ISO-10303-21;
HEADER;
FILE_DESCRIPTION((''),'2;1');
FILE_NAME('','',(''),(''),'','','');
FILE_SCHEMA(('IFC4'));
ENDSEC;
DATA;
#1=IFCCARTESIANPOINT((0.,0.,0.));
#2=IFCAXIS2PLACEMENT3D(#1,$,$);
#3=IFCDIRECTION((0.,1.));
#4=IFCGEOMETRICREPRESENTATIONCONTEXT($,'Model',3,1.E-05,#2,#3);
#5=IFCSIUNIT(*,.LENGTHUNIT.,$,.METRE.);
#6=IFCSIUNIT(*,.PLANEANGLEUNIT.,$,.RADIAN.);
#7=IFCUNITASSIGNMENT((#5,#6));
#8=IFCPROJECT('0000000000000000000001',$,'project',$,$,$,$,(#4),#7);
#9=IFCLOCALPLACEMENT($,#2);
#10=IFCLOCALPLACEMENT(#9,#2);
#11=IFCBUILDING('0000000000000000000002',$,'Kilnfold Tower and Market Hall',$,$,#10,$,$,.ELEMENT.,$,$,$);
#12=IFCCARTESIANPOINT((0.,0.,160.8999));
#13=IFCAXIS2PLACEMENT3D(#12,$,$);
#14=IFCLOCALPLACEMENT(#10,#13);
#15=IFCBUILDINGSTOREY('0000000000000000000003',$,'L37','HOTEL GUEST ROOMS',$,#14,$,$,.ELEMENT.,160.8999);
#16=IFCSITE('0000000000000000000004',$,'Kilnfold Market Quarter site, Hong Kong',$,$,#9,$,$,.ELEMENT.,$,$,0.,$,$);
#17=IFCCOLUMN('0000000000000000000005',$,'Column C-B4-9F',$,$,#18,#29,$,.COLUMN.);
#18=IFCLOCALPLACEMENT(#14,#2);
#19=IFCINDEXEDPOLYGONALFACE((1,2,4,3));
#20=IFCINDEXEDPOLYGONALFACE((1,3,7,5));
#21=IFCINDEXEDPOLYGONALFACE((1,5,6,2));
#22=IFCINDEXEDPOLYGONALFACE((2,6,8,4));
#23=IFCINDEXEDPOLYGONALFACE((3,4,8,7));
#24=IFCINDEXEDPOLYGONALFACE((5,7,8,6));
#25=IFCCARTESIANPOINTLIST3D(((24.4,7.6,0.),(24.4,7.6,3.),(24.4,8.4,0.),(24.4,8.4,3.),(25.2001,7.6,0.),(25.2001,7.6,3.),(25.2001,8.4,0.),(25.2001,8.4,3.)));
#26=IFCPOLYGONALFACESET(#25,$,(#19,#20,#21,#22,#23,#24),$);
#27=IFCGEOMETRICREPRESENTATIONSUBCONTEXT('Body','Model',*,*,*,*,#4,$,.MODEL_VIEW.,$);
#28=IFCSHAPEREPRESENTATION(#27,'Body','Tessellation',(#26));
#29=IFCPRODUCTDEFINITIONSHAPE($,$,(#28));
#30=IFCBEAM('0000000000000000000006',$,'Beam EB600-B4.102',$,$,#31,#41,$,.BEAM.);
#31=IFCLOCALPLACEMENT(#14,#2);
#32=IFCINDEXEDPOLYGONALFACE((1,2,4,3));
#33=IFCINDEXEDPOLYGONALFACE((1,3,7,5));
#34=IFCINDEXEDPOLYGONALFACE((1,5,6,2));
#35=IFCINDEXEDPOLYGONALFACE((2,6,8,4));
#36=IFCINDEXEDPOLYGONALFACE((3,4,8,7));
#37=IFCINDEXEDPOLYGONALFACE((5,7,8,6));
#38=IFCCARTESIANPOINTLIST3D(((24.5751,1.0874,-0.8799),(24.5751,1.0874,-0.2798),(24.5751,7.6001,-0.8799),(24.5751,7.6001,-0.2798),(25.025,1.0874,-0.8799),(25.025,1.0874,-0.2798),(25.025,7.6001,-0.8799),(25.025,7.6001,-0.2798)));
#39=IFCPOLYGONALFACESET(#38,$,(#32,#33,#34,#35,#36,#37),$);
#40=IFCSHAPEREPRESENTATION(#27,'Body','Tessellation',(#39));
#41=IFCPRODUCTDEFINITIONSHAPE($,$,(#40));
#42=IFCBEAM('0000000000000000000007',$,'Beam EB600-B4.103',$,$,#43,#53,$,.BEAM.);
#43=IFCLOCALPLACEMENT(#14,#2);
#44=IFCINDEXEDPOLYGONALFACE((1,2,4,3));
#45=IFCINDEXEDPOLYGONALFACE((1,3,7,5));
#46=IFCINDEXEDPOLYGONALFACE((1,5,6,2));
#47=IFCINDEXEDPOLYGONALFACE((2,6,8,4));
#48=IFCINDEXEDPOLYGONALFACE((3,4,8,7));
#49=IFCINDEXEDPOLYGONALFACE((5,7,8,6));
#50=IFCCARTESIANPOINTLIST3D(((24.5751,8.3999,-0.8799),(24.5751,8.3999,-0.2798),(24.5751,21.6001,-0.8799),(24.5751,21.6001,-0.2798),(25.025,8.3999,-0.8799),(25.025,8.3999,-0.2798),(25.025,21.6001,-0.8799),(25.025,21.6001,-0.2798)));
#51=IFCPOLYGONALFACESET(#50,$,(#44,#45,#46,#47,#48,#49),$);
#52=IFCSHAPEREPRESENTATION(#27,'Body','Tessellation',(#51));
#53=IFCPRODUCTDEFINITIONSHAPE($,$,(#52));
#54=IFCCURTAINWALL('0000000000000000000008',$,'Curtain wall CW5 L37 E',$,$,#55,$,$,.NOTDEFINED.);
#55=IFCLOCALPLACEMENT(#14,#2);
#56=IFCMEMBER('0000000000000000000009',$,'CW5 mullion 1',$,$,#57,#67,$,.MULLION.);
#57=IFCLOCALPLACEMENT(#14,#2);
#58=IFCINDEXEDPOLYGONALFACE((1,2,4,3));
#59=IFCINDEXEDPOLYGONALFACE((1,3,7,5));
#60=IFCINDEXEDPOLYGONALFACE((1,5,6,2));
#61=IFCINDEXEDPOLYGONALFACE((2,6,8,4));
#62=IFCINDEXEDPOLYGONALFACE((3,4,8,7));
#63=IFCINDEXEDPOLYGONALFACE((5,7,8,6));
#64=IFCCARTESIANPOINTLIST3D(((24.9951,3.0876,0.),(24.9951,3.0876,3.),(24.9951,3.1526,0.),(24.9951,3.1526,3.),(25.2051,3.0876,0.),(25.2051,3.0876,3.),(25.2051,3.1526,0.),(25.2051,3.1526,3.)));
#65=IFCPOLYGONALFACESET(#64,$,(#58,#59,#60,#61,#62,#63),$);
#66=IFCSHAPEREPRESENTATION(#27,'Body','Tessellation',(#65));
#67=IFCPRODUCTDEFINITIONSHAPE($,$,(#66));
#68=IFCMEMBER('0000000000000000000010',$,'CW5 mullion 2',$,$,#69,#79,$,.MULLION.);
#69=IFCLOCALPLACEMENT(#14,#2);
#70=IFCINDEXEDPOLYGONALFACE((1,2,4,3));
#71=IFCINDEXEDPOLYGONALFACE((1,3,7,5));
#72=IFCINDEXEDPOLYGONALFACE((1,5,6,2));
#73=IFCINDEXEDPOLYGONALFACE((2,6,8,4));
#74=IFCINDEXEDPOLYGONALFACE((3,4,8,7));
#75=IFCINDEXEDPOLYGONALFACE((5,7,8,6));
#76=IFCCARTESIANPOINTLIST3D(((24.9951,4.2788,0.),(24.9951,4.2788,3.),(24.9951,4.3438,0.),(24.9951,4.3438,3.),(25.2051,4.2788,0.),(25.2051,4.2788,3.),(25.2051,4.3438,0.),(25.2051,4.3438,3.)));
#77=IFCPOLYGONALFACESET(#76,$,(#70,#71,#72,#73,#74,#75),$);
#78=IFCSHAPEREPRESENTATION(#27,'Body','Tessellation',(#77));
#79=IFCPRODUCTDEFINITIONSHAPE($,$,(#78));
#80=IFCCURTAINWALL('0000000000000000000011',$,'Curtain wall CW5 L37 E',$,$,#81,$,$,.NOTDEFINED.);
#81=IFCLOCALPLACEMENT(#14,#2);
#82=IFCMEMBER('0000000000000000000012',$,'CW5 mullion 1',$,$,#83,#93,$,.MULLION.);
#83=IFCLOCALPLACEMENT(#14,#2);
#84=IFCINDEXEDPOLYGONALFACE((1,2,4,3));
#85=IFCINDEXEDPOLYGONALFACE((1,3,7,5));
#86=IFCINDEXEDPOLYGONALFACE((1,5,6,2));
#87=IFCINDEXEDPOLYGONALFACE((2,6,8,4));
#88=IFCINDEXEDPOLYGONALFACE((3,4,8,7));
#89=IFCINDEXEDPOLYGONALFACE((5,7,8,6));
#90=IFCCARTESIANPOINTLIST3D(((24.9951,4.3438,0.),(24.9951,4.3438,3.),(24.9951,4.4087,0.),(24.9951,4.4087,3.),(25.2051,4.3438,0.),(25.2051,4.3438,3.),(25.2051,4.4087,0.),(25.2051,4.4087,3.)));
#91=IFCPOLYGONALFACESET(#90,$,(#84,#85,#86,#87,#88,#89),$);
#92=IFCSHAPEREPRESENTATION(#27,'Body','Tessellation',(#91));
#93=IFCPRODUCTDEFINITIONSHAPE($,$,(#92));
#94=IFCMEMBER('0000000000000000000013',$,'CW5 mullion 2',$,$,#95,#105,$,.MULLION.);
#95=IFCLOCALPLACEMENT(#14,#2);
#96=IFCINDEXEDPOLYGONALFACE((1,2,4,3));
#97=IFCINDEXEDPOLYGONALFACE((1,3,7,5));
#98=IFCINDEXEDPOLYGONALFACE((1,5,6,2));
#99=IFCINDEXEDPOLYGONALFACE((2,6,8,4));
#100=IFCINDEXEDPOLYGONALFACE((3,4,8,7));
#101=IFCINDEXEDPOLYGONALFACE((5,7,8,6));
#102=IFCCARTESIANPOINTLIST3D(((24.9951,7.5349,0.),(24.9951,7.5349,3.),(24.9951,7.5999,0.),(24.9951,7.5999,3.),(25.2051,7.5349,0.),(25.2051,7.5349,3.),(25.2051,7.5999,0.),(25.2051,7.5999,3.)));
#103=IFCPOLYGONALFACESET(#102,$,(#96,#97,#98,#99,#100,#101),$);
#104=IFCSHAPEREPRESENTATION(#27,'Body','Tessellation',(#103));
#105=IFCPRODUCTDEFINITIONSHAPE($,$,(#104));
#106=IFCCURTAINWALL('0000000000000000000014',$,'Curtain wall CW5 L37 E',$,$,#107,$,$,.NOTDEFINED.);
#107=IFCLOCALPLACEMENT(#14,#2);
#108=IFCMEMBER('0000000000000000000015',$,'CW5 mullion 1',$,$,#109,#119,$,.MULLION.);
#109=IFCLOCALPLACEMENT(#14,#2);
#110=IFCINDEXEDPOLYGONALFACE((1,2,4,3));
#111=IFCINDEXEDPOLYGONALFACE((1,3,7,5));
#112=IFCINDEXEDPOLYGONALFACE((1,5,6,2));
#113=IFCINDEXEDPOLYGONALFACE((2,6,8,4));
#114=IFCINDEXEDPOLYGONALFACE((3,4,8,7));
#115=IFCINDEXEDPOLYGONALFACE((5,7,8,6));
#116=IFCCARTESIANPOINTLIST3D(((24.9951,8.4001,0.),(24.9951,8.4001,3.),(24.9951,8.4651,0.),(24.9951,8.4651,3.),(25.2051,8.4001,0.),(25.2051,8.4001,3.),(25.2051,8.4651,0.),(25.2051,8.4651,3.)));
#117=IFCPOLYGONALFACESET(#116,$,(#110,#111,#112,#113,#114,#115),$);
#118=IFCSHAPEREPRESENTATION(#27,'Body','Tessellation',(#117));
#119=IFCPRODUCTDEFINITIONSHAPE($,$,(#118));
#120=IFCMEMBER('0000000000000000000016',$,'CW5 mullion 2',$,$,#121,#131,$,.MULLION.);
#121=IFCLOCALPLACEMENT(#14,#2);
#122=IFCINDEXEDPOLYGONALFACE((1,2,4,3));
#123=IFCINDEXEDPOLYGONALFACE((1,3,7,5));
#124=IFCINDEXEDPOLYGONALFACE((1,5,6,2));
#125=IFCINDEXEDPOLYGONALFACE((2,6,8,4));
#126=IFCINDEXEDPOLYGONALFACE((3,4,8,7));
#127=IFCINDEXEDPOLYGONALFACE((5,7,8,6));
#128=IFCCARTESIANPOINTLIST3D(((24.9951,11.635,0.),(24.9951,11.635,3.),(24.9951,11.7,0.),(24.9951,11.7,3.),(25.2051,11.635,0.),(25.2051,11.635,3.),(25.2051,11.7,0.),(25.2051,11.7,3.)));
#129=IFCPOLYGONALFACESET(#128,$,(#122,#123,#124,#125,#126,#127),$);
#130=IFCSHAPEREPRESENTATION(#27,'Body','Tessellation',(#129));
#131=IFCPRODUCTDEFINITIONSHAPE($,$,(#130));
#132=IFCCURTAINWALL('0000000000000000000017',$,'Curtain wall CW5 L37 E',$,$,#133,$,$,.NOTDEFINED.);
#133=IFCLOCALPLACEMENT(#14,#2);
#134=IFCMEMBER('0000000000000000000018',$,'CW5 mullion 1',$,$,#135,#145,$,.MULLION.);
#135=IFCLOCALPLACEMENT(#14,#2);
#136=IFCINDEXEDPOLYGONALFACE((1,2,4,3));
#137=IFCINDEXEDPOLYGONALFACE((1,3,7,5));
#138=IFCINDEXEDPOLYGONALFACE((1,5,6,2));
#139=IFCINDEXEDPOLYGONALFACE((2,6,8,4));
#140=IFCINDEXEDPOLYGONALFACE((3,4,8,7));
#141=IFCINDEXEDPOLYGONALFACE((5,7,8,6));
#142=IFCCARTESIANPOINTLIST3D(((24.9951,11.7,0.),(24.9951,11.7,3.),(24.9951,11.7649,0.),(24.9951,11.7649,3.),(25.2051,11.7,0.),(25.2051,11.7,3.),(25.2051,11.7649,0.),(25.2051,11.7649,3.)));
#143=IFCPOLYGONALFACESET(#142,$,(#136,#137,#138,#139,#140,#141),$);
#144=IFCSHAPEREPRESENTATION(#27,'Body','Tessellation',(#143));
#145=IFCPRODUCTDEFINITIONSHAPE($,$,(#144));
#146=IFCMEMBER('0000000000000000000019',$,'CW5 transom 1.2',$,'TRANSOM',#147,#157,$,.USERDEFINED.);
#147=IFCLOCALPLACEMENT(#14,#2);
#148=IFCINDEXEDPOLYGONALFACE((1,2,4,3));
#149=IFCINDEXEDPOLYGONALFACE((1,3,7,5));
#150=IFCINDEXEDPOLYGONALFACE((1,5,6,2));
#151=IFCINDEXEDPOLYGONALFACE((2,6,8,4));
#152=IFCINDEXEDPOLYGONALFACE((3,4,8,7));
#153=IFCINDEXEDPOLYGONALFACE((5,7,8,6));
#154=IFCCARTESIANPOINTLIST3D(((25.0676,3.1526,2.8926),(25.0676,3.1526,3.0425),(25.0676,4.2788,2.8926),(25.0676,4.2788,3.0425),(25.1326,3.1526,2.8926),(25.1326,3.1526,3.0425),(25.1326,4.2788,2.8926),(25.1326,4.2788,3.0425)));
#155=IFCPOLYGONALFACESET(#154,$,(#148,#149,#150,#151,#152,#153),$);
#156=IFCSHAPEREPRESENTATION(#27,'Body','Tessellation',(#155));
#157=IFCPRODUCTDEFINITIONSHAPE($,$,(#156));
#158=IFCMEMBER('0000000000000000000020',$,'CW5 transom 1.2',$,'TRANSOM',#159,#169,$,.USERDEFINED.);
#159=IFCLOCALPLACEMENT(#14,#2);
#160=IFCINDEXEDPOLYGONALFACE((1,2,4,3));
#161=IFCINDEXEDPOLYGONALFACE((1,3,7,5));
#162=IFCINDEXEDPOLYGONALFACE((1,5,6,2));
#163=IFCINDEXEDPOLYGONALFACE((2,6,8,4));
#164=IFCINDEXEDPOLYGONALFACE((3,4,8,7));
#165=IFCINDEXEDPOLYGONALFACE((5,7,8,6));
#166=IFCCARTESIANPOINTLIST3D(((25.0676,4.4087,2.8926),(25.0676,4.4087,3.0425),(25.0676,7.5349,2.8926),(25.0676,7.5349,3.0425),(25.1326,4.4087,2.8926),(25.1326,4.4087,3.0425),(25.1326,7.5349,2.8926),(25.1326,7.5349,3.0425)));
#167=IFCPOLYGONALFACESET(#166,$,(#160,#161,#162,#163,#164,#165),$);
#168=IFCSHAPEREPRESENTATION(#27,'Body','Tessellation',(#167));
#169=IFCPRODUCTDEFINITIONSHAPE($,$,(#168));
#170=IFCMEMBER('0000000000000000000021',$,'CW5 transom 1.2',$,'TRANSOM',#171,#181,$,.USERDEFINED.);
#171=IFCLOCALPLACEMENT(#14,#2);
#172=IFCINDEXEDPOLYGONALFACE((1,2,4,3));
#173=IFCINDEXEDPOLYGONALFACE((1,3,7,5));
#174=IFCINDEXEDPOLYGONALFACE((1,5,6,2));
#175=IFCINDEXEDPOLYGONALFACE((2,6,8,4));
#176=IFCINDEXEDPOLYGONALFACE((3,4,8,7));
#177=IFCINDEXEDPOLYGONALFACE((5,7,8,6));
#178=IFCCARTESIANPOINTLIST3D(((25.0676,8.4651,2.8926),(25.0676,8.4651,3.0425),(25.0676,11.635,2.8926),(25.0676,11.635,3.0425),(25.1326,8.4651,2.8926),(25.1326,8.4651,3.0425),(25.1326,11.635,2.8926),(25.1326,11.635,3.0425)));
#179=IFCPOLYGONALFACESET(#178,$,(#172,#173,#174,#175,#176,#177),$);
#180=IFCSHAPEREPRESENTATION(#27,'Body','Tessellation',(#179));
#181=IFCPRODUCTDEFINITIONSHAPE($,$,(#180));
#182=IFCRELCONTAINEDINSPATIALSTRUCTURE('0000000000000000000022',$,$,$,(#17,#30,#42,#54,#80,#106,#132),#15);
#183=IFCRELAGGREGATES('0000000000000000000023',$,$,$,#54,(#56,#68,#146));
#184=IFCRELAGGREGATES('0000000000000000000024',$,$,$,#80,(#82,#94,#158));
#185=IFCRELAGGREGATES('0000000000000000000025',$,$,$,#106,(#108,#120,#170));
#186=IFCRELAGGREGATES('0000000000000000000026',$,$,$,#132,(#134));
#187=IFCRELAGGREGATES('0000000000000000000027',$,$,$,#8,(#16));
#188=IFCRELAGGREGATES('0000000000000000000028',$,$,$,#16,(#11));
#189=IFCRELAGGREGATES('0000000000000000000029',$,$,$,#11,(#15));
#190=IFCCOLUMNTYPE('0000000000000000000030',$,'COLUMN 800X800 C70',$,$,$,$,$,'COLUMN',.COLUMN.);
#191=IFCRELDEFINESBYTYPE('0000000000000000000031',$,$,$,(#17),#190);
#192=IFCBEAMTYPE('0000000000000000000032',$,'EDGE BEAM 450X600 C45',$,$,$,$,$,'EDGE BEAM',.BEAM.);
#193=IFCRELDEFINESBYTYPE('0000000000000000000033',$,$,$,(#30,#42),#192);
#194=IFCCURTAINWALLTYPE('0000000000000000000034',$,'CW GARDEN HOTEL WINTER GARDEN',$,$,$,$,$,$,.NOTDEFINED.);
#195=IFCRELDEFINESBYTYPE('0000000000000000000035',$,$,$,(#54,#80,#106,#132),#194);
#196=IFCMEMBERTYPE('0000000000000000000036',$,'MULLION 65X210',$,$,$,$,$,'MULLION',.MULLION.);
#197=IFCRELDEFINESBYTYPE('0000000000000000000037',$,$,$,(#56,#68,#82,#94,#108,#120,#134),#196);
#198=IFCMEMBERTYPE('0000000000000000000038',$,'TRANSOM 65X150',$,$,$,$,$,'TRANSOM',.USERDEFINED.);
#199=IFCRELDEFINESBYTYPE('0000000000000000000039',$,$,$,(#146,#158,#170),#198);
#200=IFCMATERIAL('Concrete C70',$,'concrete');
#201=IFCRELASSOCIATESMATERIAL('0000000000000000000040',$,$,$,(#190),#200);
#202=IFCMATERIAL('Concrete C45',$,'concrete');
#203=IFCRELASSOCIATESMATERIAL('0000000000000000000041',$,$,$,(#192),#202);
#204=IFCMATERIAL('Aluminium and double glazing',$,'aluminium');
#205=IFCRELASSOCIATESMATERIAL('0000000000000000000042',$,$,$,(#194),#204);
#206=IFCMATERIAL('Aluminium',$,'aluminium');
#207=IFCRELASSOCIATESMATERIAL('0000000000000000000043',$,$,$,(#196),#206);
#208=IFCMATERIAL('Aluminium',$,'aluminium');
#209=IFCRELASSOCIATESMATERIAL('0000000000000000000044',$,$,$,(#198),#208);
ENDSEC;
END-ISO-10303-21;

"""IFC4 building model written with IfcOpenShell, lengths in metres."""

from ifc_helpers import new_model, si_unit, direction, frame, origin, origin_2d, place, context, subcontext, project, spatial, rectangle, extrude, source, transform, mapped, material, material_profile, profile_set, type_object, element, aggregate, save


model = new_model("IFC4")

# Units and contexts
model_context = context("Model", 3, precision=1e-05, world=origin(), true_north=direction((0.0, 1.0)))
body_context = subcontext(model_context, "Body", "Model", "MODEL_VIEW")
ifc_project = project(units=[si_unit("LENGTHUNIT", "METRE"), si_unit("PLANEANGLEUNIT", "RADIAN")], contexts=[model_context])

# Site, building, storey
site_placement = place(None, origin())
site = spatial("IfcSite", under=ifc_project, at=site_placement, Name="Kilnfold Market Quarter site, Hong Kong", CompositionType="ELEMENT", RefElevation=0.0)
building_placement = place(site_placement, origin())
building = spatial("IfcBuilding", under=site, at=building_placement, Name="Kilnfold Tower and Market Hall", CompositionType="ELEMENT")
storey_placement = place(building_placement, frame((0.0, 0.0, 160.8999)))
storey = spatial("IfcBuildingStorey", under=building, at=storey_placement, Name="L37", Description="HOTEL GUEST ROOMS", CompositionType="ELEMENT", Elevation=160.8999)

# Column
ifc_material_1 = material(Name="Concrete C70", Category="concrete")
ifc_material_profile_1 = material_profile(ifc_material_1, rectangle(XDim=0.8, YDim=0.8, at=origin_2d()), Name="RC 800x800")
ifc_profile_set_1 = profile_set([ifc_material_profile_1], Name="Concrete C70")
column_type = type_object("IfcColumnType", Name="COLUMN 800X800 C70", ElementType="COLUMN", PredefinedType="COLUMN", material=ifc_profile_set_1)
shared_shape_1 = source(origin(), body_context, "Body", "SweptSolid", [
    extrude(rectangle(XDim=0.8, YDim=0.8, at=origin_2d()), origin(), (0.0, 0.0, 1.0), 3.0),
])
column_placement = place(storey_placement, frame((24.8, 8.0, 0.0), z_axis=(0.0, 0.0, 1.0), x_axis=(1.0, 0.0, 0.0)))
element("IfcColumn", 1, at=column_placement, inside=storey, type_object=column_type, Name="Column C-B4-9F", PredefinedType="COLUMN", context=body_context, shape_type="MappedRepresentation", body=[
    mapped(shared_shape_1, transform((0.0, 0.0, 0.0))),
])

# Beams
ifc_material_2 = material(Name="Concrete C45", Category="concrete")
ifc_material_profile_2 = material_profile(ifc_material_2, rectangle(XDim=0.45, YDim=0.6001, at=origin_2d()), Name="RC 450x600")
ifc_profile_set_2 = profile_set([ifc_material_profile_2], Name="Concrete C45")
beam_type = type_object("IfcBeamType", Name="EDGE BEAM 450X600 C45", ElementType="EDGE BEAM", PredefinedType="BEAM", material=ifc_profile_set_2)
shared_shape_2 = source(origin(), body_context, "Body", "SweptSolid", [
    extrude(rectangle(XDim=0.45, YDim=0.6001, at=origin_2d()), origin(), (0.0, 0.0, 1.0), 6.5127),
])
beam_1_placement = place(storey_placement, frame((24.8, 1.0874, -0.5798), z_axis=(0.0, 1.0, 0.0), x_axis=(-1.0, 0.0, 0.0)))
element("IfcBeam", 2, at=beam_1_placement, inside=storey, type_object=beam_type, Name="Beam EB600-B4.102", PredefinedType="BEAM", context=body_context, shape_type="MappedRepresentation", body=[
    mapped(shared_shape_2, transform((0.0, 0.0, 0.0))),
])
shared_shape_3 = source(origin(), body_context, "Body", "SweptSolid", [
    extrude(rectangle(XDim=0.45, YDim=0.6001, at=origin_2d()), origin(), (0.0, 0.0, 1.0), 13.2002),
])
beam_2_placement = place(storey_placement, frame((24.8, 8.3999, -0.5798), z_axis=(0.0, 1.0, 0.0), x_axis=(-1.0, 0.0, 0.0)))
element("IfcBeam", 3, at=beam_2_placement, inside=storey, type_object=beam_type, Name="Beam EB600-B4.103", PredefinedType="BEAM", context=body_context, shape_type="MappedRepresentation", body=[
    mapped(shared_shape_3, transform((0.0, 0.0, 0.0))),
])

# Curtain walls, members
ifc_material_3 = material(Name="Aluminium and double glazing", Category="aluminium")
curtain_wall_type = type_object("IfcCurtainWallType", Name="CW GARDEN HOTEL WINTER GARDEN", PredefinedType="NOTDEFINED", material=ifc_material_3)
curtain_wall_1_placement = place(storey_placement, origin())
curtain_wall_1 = element("IfcCurtainWall", 4, at=curtain_wall_1_placement, inside=storey, type_object=curtain_wall_type, Name="Curtain wall CW5 L37 E", PredefinedType="NOTDEFINED")
ifc_material_4 = material(Name="Aluminium", Category="aluminium")
ifc_material_profile_3 = material_profile(ifc_material_4, rectangle(XDim=0.0649, YDim=0.21, at=origin_2d()), Name="MULLION 65x210")
ifc_profile_set_3 = profile_set([ifc_material_profile_3], Name="Aluminium")
member_type_1 = type_object("IfcMemberType", Name="MULLION 65X210", ElementType="MULLION", PredefinedType="MULLION", material=ifc_profile_set_3)
shared_shape_4 = source(origin(), body_context, "Body", "SweptSolid", [
    extrude(rectangle(XDim=0.0649, YDim=0.21, at=origin_2d()), origin(), (0.0, 0.0, 1.0), 3.0),
])
member_1_placement = place(storey_placement, frame((25.1001, 3.1201, 0.0), z_axis=(0.0, 0.0, 1.0), x_axis=(0.0, 1.0, 0.0)))
member_1 = element("IfcMember", 5, at=member_1_placement, type_object=member_type_1, Name="CW5 mullion 1", PredefinedType="MULLION", context=body_context, shape_type="MappedRepresentation", body=[
    mapped(shared_shape_4, transform((0.0, 0.0, 0.0))),
])
member_2_placement = place(storey_placement, frame((25.1001, 4.3113, 0.0), z_axis=(0.0, 0.0, 1.0), x_axis=(0.0, 1.0, 0.0)))
member_2 = element("IfcMember", 6, at=member_2_placement, type_object=member_type_1, Name="CW5 mullion 2", PredefinedType="MULLION", context=body_context, shape_type="MappedRepresentation", body=[
    mapped(shared_shape_4, transform((0.0, 0.0, 0.0))),
])
curtain_wall_2_placement = place(storey_placement, origin())
curtain_wall_2 = element("IfcCurtainWall", 7, at=curtain_wall_2_placement, inside=storey, type_object=curtain_wall_type, Name="Curtain wall CW5 L37 E", PredefinedType="NOTDEFINED")
member_3_placement = place(storey_placement, frame((25.1001, 4.3762, 0.0), z_axis=(0.0, 0.0, 1.0), x_axis=(0.0, 1.0, 0.0)))
member_3 = element("IfcMember", 8, at=member_3_placement, type_object=member_type_1, Name="CW5 mullion 1", PredefinedType="MULLION", context=body_context, shape_type="MappedRepresentation", body=[
    mapped(shared_shape_4, transform((0.0, 0.0, 0.0))),
])
member_4_placement = place(storey_placement, frame((25.1001, 7.5674, 0.0), z_axis=(0.0, 0.0, 1.0), x_axis=(0.0, 1.0, 0.0)))
member_4 = element("IfcMember", 9, at=member_4_placement, type_object=member_type_1, Name="CW5 mullion 2", PredefinedType="MULLION", context=body_context, shape_type="MappedRepresentation", body=[
    mapped(shared_shape_4, transform((0.0, 0.0, 0.0))),
])
curtain_wall_3_placement = place(storey_placement, origin())
curtain_wall_3 = element("IfcCurtainWall", 10, at=curtain_wall_3_placement, inside=storey, type_object=curtain_wall_type, Name="Curtain wall CW5 L37 E", PredefinedType="NOTDEFINED")
member_5_placement = place(storey_placement, frame((25.1001, 8.4326, 0.0), z_axis=(0.0, 0.0, 1.0), x_axis=(0.0, 1.0, 0.0)))
member_5 = element("IfcMember", 11, at=member_5_placement, type_object=member_type_1, Name="CW5 mullion 1", PredefinedType="MULLION", context=body_context, shape_type="MappedRepresentation", body=[
    mapped(shared_shape_4, transform((0.0, 0.0, 0.0))),
])
member_6_placement = place(storey_placement, frame((25.1001, 11.6675, 0.0), z_axis=(0.0, 0.0, 1.0), x_axis=(0.0, 1.0, 0.0)))
member_6 = element("IfcMember", 12, at=member_6_placement, type_object=member_type_1, Name="CW5 mullion 2", PredefinedType="MULLION", context=body_context, shape_type="MappedRepresentation", body=[
    mapped(shared_shape_4, transform((0.0, 0.0, 0.0))),
])

# Curtain wall, member
curtain_wall_4_placement = place(storey_placement, origin())
curtain_wall_4 = element("IfcCurtainWall", 13, at=curtain_wall_4_placement, inside=storey, type_object=curtain_wall_type, Name="Curtain wall CW5 L37 E", PredefinedType="NOTDEFINED")
member_7_placement = place(storey_placement, frame((25.1001, 11.7324, 0.0), z_axis=(0.0, 0.0, 1.0), x_axis=(0.0, 1.0, 0.0)))
member_7 = element("IfcMember", 14, at=member_7_placement, type_object=member_type_1, Name="CW5 mullion 1", PredefinedType="MULLION", context=body_context, shape_type="MappedRepresentation", body=[
    mapped(shared_shape_4, transform((0.0, 0.0, 0.0))),
])

# Members
ifc_material_5 = material(Name="Aluminium", Category="aluminium")
ifc_material_profile_4 = material_profile(ifc_material_5, rectangle(XDim=0.0649, YDim=0.1499, at=origin_2d()), Name="TRANSOM 65x150")
ifc_profile_set_4 = profile_set([ifc_material_profile_4], Name="Aluminium")
member_type_2 = type_object("IfcMemberType", Name="TRANSOM 65X150", ElementType="TRANSOM", PredefinedType="USERDEFINED", material=ifc_profile_set_4)
shared_shape_5 = source(origin(), body_context, "Body", "SweptSolid", [
    extrude(rectangle(XDim=0.0649, YDim=0.1499, at=origin_2d()), origin(), (0.0, 0.0, 1.0), 1.1262),
])
member_8_placement = place(storey_placement, frame((25.1001, 3.1526, 2.9675), z_axis=(0.0, 1.0, 0.0), x_axis=(-1.0, 0.0, 0.0)))
member_8 = element("IfcMember", 15, at=member_8_placement, type_object=member_type_2, Name="CW5 transom 1.2", ObjectType="TRANSOM", PredefinedType="USERDEFINED", context=body_context, shape_type="MappedRepresentation", body=[
    mapped(shared_shape_5, transform((0.0, 0.0, 0.0))),
])
shared_shape_6 = source(origin(), body_context, "Body", "SweptSolid", [
    extrude(rectangle(XDim=0.0649, YDim=0.1499, at=origin_2d()), origin(), (0.0, 0.0, 1.0), 3.1262),
])
member_9_placement = place(storey_placement, frame((25.1001, 4.4087, 2.9675), z_axis=(0.0, 1.0, 0.0), x_axis=(-1.0, 0.0, 0.0)))
member_9 = element("IfcMember", 16, at=member_9_placement, type_object=member_type_2, Name="CW5 transom 1.2", ObjectType="TRANSOM", PredefinedType="USERDEFINED", context=body_context, shape_type="MappedRepresentation", body=[
    mapped(shared_shape_6, transform((0.0, 0.0, 0.0))),
])
shared_shape_7 = source(origin(), body_context, "Body", "SweptSolid", [
    extrude(rectangle(XDim=0.0649, YDim=0.1499, at=origin_2d()), origin(), (0.0, 0.0, 1.0), 3.1699),
])
member_10_placement = place(storey_placement, frame((25.1001, 8.4651, 2.9675), z_axis=(0.0, 1.0, 0.0), x_axis=(-1.0, 0.0, 0.0)))
member_10 = element("IfcMember", 17, at=member_10_placement, type_object=member_type_2, Name="CW5 transom 1.2", ObjectType="TRANSOM", PredefinedType="USERDEFINED", context=body_context, shape_type="MappedRepresentation", body=[
    mapped(shared_shape_7, transform((0.0, 0.0, 0.0))),
])

aggregate(curtain_wall_1, [member_1, member_2, member_8])
aggregate(curtain_wall_2, [member_3, member_4, member_9])
aggregate(curtain_wall_3, [member_5, member_6, member_10])
aggregate(curtain_wall_4, [member_7])

save(model, "model.ifc")
